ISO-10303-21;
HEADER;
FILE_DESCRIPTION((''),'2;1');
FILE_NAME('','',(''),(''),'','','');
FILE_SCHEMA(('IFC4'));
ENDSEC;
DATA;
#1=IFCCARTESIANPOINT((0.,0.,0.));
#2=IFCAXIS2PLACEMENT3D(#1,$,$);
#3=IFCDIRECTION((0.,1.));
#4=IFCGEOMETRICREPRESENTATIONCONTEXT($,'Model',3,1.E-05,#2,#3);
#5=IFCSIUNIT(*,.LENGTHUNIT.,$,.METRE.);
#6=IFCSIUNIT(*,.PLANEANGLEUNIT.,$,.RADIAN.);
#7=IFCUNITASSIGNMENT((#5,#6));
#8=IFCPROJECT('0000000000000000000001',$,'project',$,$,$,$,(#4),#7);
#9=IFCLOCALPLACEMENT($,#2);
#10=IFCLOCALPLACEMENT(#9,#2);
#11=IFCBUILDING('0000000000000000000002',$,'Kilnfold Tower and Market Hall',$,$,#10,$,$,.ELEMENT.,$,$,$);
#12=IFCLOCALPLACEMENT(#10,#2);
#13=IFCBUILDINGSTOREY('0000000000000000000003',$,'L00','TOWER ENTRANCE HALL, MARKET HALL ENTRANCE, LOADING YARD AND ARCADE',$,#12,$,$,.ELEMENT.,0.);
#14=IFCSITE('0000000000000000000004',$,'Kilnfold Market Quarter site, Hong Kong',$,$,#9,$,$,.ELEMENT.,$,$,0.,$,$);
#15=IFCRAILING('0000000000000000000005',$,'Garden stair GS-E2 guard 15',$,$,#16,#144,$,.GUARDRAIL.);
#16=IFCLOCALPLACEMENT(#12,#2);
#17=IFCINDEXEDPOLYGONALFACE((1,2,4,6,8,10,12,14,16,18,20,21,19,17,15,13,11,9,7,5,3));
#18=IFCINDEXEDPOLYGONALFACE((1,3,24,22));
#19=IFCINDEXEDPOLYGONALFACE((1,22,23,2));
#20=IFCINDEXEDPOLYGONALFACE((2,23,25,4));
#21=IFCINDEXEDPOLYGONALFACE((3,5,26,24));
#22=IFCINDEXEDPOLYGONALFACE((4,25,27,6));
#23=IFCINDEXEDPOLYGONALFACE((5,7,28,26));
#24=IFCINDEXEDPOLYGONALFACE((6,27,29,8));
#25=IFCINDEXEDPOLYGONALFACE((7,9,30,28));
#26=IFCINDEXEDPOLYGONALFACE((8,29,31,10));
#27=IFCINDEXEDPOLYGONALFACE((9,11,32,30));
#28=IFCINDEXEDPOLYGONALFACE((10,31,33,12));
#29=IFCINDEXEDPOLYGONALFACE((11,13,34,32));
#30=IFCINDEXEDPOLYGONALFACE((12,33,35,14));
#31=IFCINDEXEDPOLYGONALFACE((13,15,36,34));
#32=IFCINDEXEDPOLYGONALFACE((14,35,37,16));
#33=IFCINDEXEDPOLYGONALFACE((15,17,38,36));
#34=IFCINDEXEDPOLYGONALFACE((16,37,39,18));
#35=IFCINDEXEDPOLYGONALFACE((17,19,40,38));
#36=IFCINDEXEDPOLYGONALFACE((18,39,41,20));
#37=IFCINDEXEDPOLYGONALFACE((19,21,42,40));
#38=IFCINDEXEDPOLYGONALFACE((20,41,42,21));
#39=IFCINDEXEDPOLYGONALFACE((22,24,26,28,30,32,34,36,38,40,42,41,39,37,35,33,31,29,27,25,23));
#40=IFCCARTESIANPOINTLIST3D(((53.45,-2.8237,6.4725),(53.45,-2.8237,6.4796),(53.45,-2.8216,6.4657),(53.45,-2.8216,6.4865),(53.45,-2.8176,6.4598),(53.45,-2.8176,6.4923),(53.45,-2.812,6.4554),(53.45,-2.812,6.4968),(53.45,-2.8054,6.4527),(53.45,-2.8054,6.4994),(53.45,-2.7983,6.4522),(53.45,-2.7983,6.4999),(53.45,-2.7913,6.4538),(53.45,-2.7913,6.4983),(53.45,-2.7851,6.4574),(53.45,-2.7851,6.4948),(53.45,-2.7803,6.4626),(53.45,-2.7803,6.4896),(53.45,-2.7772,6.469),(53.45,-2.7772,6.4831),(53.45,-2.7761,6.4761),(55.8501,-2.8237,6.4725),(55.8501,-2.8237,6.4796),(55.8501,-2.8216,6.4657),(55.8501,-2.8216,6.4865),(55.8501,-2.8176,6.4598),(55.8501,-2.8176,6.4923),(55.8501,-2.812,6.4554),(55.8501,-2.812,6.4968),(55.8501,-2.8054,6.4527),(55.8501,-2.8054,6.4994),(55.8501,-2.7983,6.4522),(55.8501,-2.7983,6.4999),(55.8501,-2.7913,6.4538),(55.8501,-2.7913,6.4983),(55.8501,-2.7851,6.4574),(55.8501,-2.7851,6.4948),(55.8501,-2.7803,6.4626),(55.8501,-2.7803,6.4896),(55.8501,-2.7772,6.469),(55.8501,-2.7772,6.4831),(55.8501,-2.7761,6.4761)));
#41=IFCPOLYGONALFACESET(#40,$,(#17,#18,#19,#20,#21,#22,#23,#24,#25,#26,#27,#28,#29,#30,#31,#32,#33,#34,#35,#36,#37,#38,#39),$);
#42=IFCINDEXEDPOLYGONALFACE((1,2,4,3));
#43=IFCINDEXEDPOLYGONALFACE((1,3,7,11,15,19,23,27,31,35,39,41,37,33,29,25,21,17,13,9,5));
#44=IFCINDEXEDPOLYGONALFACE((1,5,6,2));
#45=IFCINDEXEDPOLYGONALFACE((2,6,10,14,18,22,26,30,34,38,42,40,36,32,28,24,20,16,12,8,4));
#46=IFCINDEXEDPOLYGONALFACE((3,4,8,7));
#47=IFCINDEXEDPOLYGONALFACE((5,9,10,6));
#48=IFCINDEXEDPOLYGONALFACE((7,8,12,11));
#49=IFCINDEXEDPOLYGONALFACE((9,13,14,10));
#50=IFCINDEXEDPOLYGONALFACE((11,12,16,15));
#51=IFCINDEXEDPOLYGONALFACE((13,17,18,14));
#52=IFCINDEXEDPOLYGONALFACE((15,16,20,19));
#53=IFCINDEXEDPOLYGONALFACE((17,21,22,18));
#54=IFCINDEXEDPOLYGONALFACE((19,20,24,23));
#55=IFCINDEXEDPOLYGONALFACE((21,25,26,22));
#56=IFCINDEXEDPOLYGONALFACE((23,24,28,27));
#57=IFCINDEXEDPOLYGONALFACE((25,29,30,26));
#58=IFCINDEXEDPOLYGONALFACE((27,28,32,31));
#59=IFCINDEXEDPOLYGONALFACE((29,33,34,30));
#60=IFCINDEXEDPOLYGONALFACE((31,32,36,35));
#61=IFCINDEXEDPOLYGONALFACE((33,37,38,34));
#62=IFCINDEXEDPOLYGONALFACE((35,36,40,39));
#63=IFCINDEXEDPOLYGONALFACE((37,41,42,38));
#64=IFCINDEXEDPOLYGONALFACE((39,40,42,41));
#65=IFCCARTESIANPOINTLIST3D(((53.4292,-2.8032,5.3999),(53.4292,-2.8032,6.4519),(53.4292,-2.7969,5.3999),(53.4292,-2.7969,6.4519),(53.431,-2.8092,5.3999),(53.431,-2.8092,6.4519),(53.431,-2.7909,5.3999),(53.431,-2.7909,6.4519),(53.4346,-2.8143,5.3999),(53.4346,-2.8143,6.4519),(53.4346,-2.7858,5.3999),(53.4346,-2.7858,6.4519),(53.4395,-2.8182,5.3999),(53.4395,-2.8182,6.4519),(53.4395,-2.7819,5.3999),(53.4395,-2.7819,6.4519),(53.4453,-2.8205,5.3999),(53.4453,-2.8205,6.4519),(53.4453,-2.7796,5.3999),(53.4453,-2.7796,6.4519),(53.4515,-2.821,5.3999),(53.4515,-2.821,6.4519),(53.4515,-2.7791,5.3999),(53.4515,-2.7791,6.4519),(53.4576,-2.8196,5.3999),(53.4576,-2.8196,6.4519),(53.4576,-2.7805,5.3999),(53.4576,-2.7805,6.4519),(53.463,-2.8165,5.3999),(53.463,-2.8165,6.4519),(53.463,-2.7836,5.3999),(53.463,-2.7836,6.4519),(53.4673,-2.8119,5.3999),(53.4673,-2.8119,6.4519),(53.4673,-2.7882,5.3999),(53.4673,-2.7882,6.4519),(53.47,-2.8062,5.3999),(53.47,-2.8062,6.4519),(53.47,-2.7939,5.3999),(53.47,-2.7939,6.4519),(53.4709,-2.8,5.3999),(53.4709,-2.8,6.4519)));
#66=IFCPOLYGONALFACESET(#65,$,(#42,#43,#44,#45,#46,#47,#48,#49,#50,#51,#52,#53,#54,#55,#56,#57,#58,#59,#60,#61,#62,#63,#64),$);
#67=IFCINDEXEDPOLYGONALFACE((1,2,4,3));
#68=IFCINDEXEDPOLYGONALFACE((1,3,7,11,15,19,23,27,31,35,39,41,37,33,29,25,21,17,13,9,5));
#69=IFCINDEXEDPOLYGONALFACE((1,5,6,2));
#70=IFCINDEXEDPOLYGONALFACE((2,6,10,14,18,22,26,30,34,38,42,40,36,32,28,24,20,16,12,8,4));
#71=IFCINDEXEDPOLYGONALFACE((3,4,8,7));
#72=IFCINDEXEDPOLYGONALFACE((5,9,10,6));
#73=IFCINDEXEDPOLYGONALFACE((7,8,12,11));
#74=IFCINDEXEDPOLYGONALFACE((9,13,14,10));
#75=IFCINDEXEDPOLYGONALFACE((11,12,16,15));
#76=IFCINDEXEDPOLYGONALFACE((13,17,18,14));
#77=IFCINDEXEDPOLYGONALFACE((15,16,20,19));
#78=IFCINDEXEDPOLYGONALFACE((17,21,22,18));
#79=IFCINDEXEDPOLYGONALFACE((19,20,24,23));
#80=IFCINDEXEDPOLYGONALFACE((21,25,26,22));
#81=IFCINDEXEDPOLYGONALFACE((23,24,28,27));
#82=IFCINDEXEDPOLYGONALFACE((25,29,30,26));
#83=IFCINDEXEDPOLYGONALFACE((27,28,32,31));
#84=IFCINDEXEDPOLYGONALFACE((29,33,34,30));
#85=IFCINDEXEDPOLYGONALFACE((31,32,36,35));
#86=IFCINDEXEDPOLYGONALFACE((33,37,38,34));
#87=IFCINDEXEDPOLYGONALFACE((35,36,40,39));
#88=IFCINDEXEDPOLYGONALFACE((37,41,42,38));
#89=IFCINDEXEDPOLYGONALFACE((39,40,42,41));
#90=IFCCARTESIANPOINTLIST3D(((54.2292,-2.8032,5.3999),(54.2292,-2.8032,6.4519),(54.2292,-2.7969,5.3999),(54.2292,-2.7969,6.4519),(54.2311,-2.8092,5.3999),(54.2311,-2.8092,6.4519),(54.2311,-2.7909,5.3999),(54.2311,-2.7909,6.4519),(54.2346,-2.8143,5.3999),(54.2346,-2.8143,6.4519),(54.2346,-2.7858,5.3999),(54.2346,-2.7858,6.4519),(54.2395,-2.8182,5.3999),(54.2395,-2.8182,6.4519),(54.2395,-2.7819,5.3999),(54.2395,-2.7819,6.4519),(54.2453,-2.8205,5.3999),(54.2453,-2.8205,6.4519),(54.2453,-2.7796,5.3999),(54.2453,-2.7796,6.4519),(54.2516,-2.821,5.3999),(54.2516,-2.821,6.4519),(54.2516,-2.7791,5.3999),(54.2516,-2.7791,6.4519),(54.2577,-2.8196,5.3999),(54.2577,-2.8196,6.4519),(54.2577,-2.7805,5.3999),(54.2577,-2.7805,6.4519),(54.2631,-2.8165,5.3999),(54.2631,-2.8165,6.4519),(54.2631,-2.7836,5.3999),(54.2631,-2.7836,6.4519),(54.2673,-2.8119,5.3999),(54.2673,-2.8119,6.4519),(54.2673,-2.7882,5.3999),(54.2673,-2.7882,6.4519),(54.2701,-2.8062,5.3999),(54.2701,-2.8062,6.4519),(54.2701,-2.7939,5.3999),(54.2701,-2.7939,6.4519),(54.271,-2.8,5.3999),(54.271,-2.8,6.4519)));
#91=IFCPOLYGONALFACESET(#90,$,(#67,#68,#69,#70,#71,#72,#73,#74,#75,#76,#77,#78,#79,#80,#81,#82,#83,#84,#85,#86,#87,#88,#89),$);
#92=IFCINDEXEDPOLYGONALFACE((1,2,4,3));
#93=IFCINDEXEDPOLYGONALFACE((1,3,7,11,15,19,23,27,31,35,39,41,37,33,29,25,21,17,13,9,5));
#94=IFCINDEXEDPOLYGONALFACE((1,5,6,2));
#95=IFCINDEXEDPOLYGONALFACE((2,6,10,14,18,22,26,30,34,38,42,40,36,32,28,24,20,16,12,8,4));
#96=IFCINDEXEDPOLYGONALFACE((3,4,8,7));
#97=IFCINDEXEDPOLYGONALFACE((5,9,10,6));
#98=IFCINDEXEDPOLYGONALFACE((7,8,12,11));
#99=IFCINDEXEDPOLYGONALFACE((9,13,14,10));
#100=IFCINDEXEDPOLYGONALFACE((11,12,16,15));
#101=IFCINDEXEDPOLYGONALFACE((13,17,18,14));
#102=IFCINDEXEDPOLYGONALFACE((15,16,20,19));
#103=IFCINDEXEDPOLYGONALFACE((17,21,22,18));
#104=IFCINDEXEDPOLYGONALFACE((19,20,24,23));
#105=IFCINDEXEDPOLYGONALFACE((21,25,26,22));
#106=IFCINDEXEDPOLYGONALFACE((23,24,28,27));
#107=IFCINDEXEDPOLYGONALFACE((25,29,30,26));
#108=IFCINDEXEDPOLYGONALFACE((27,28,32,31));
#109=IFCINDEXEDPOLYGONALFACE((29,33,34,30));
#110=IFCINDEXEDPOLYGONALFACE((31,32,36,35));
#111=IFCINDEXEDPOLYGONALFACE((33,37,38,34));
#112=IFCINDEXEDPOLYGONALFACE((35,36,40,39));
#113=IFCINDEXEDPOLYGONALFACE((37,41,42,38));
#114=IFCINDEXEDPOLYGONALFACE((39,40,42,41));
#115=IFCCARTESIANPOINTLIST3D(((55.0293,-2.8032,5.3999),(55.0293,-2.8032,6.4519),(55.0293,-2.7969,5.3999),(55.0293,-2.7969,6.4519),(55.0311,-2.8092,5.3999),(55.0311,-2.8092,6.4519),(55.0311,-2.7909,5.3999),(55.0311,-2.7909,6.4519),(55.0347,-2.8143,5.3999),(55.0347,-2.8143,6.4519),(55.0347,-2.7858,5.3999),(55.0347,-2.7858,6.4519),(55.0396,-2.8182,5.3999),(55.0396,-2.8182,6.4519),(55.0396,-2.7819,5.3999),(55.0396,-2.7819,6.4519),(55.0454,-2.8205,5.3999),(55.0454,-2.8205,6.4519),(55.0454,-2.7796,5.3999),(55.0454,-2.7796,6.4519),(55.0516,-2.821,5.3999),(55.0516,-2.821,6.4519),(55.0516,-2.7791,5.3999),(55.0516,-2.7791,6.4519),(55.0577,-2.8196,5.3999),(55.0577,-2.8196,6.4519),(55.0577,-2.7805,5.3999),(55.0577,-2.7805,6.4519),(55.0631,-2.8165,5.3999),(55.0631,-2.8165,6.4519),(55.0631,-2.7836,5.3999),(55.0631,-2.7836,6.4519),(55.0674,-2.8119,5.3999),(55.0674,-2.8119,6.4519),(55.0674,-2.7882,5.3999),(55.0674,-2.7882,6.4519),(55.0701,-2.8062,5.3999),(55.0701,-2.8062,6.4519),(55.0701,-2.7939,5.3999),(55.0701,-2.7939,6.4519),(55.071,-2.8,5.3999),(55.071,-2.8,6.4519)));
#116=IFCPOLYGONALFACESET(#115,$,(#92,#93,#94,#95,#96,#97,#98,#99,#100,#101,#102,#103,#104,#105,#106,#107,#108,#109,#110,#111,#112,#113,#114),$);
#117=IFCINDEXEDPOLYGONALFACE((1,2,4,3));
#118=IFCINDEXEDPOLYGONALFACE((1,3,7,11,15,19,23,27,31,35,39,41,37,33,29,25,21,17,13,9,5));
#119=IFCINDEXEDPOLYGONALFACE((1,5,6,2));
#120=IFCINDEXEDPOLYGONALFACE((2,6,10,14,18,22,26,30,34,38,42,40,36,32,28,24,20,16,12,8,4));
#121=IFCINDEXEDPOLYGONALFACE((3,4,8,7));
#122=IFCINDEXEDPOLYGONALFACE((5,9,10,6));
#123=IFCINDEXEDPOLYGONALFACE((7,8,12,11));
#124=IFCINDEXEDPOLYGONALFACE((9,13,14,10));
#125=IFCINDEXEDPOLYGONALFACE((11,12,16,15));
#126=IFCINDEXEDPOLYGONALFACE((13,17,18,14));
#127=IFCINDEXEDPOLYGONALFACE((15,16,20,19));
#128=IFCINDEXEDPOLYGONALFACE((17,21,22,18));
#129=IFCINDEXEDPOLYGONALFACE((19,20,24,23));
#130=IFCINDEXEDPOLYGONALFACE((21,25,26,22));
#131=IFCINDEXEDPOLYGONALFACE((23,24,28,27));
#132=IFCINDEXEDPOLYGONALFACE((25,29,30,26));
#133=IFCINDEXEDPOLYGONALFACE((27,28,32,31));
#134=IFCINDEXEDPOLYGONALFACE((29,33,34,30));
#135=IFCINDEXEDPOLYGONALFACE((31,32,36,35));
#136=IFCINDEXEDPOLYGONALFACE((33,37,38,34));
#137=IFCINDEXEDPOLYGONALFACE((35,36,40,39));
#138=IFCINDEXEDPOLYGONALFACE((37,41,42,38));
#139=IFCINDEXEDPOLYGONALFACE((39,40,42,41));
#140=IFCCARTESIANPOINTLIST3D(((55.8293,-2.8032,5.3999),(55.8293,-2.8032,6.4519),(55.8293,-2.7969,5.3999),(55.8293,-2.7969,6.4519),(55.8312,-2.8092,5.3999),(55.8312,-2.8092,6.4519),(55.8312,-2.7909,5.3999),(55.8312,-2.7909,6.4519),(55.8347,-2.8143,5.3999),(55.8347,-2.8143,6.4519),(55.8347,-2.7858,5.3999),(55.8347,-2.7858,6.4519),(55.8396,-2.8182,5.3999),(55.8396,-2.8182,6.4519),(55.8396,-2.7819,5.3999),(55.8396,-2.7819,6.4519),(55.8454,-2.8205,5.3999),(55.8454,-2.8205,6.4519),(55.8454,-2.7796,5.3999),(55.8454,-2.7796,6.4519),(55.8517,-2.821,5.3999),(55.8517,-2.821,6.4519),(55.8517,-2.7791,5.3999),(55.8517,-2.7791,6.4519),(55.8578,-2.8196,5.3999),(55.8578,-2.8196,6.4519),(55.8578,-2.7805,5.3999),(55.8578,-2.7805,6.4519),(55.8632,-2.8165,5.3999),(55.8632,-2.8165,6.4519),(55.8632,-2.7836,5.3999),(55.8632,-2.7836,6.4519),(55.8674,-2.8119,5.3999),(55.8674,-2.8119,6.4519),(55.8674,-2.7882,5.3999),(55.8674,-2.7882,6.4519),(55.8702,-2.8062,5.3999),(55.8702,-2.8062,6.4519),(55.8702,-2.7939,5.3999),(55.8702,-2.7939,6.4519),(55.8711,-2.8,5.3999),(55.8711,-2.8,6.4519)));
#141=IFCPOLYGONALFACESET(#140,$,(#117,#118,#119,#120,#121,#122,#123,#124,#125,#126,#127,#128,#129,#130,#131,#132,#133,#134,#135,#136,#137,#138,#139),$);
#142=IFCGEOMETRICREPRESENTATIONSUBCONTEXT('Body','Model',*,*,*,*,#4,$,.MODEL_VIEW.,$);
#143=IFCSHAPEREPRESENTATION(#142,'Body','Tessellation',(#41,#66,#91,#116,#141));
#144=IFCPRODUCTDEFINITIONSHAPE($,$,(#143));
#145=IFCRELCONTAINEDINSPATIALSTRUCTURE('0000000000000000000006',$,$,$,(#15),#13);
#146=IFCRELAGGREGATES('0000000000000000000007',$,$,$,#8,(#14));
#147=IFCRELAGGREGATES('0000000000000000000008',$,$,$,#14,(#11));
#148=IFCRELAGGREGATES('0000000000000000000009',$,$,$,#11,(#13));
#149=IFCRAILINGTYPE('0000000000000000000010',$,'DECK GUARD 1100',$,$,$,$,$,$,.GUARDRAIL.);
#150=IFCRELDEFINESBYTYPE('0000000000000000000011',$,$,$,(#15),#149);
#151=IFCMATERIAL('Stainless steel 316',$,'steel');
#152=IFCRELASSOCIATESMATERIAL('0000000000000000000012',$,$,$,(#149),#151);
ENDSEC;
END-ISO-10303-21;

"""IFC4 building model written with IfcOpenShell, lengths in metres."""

from ifc_helpers import new_model, si_unit, direction, frame, origin, origin_2d, place, context, subcontext, project, spatial, circle, extrude, material, type_object, element, save


model = new_model("IFC4")

# Units and contexts
model_context = context("Model", 3, precision=1e-05, world=origin(), true_north=direction((0.0, 1.0)))
body_context = subcontext(model_context, "Body", "Model", "MODEL_VIEW")
ifc_project = project(units=[si_unit("LENGTHUNIT", "METRE"), si_unit("PLANEANGLEUNIT", "RADIAN")], contexts=[model_context])

# Site, building, storey
site_placement = place(None, origin())
site = spatial("IfcSite", under=ifc_project, at=site_placement, Name="Kilnfold Market Quarter site, Hong Kong", CompositionType="ELEMENT", RefElevation=0.0)
building_placement = place(site_placement, origin())
building = spatial("IfcBuilding", under=site, at=building_placement, Name="Kilnfold Tower and Market Hall", CompositionType="ELEMENT")
storey_placement = place(building_placement, origin())
storey = spatial("IfcBuildingStorey", under=building, at=storey_placement, Name="L00", Description="TOWER ENTRANCE HALL, MARKET HALL ENTRANCE, LOADING YARD AND ARCADE", CompositionType="ELEMENT", Elevation=0.0)

# Railing
ifc_material_1 = material(Name="Stainless steel 316", Category="steel")
railing_type_1 = type_object("IfcRailingType", Name="DECK GUARD 1100", PredefinedType="GUARDRAIL", material=ifc_material_1)
railing_1_placement = place(storey_placement, frame((53.45, -2.8, 5.3999)))
element("IfcRailing", 1, at=railing_1_placement, inside=storey, type_object=railing_type_1, Name="Garden stair GS-E2 guard 15", PredefinedType="GUARDRAIL", context=body_context, shape_type="SweptSolid", body=[
    extrude(circle(Radius=0.0239, at=origin_2d()), frame((0.0, 0.0, 1.0762), z_axis=(1.0, 0.0, 0.0), x_axis=(0.0, 1.0, 0.0)), (0.0, 0.0, 1.0), 2.4001),
    extrude(circle(Radius=0.021, at=origin_2d()), origin(), (0.0, 0.0, 1.0), 1.052),
    extrude(circle(Radius=0.021, at=origin_2d()), frame((0.8, 0.0, 0.0)), (0.0, 0.0, 1.0), 1.052),
    extrude(circle(Radius=0.021, at=origin_2d()), frame((1.6001, 0.0, 0.0)), (0.0, 0.0, 1.0), 1.052),
    extrude(circle(Radius=0.021, at=origin_2d()), frame((2.4001, 0.0, 0.0)), (0.0, 0.0, 1.0), 1.052),
])

save(model, "model.ifc")
